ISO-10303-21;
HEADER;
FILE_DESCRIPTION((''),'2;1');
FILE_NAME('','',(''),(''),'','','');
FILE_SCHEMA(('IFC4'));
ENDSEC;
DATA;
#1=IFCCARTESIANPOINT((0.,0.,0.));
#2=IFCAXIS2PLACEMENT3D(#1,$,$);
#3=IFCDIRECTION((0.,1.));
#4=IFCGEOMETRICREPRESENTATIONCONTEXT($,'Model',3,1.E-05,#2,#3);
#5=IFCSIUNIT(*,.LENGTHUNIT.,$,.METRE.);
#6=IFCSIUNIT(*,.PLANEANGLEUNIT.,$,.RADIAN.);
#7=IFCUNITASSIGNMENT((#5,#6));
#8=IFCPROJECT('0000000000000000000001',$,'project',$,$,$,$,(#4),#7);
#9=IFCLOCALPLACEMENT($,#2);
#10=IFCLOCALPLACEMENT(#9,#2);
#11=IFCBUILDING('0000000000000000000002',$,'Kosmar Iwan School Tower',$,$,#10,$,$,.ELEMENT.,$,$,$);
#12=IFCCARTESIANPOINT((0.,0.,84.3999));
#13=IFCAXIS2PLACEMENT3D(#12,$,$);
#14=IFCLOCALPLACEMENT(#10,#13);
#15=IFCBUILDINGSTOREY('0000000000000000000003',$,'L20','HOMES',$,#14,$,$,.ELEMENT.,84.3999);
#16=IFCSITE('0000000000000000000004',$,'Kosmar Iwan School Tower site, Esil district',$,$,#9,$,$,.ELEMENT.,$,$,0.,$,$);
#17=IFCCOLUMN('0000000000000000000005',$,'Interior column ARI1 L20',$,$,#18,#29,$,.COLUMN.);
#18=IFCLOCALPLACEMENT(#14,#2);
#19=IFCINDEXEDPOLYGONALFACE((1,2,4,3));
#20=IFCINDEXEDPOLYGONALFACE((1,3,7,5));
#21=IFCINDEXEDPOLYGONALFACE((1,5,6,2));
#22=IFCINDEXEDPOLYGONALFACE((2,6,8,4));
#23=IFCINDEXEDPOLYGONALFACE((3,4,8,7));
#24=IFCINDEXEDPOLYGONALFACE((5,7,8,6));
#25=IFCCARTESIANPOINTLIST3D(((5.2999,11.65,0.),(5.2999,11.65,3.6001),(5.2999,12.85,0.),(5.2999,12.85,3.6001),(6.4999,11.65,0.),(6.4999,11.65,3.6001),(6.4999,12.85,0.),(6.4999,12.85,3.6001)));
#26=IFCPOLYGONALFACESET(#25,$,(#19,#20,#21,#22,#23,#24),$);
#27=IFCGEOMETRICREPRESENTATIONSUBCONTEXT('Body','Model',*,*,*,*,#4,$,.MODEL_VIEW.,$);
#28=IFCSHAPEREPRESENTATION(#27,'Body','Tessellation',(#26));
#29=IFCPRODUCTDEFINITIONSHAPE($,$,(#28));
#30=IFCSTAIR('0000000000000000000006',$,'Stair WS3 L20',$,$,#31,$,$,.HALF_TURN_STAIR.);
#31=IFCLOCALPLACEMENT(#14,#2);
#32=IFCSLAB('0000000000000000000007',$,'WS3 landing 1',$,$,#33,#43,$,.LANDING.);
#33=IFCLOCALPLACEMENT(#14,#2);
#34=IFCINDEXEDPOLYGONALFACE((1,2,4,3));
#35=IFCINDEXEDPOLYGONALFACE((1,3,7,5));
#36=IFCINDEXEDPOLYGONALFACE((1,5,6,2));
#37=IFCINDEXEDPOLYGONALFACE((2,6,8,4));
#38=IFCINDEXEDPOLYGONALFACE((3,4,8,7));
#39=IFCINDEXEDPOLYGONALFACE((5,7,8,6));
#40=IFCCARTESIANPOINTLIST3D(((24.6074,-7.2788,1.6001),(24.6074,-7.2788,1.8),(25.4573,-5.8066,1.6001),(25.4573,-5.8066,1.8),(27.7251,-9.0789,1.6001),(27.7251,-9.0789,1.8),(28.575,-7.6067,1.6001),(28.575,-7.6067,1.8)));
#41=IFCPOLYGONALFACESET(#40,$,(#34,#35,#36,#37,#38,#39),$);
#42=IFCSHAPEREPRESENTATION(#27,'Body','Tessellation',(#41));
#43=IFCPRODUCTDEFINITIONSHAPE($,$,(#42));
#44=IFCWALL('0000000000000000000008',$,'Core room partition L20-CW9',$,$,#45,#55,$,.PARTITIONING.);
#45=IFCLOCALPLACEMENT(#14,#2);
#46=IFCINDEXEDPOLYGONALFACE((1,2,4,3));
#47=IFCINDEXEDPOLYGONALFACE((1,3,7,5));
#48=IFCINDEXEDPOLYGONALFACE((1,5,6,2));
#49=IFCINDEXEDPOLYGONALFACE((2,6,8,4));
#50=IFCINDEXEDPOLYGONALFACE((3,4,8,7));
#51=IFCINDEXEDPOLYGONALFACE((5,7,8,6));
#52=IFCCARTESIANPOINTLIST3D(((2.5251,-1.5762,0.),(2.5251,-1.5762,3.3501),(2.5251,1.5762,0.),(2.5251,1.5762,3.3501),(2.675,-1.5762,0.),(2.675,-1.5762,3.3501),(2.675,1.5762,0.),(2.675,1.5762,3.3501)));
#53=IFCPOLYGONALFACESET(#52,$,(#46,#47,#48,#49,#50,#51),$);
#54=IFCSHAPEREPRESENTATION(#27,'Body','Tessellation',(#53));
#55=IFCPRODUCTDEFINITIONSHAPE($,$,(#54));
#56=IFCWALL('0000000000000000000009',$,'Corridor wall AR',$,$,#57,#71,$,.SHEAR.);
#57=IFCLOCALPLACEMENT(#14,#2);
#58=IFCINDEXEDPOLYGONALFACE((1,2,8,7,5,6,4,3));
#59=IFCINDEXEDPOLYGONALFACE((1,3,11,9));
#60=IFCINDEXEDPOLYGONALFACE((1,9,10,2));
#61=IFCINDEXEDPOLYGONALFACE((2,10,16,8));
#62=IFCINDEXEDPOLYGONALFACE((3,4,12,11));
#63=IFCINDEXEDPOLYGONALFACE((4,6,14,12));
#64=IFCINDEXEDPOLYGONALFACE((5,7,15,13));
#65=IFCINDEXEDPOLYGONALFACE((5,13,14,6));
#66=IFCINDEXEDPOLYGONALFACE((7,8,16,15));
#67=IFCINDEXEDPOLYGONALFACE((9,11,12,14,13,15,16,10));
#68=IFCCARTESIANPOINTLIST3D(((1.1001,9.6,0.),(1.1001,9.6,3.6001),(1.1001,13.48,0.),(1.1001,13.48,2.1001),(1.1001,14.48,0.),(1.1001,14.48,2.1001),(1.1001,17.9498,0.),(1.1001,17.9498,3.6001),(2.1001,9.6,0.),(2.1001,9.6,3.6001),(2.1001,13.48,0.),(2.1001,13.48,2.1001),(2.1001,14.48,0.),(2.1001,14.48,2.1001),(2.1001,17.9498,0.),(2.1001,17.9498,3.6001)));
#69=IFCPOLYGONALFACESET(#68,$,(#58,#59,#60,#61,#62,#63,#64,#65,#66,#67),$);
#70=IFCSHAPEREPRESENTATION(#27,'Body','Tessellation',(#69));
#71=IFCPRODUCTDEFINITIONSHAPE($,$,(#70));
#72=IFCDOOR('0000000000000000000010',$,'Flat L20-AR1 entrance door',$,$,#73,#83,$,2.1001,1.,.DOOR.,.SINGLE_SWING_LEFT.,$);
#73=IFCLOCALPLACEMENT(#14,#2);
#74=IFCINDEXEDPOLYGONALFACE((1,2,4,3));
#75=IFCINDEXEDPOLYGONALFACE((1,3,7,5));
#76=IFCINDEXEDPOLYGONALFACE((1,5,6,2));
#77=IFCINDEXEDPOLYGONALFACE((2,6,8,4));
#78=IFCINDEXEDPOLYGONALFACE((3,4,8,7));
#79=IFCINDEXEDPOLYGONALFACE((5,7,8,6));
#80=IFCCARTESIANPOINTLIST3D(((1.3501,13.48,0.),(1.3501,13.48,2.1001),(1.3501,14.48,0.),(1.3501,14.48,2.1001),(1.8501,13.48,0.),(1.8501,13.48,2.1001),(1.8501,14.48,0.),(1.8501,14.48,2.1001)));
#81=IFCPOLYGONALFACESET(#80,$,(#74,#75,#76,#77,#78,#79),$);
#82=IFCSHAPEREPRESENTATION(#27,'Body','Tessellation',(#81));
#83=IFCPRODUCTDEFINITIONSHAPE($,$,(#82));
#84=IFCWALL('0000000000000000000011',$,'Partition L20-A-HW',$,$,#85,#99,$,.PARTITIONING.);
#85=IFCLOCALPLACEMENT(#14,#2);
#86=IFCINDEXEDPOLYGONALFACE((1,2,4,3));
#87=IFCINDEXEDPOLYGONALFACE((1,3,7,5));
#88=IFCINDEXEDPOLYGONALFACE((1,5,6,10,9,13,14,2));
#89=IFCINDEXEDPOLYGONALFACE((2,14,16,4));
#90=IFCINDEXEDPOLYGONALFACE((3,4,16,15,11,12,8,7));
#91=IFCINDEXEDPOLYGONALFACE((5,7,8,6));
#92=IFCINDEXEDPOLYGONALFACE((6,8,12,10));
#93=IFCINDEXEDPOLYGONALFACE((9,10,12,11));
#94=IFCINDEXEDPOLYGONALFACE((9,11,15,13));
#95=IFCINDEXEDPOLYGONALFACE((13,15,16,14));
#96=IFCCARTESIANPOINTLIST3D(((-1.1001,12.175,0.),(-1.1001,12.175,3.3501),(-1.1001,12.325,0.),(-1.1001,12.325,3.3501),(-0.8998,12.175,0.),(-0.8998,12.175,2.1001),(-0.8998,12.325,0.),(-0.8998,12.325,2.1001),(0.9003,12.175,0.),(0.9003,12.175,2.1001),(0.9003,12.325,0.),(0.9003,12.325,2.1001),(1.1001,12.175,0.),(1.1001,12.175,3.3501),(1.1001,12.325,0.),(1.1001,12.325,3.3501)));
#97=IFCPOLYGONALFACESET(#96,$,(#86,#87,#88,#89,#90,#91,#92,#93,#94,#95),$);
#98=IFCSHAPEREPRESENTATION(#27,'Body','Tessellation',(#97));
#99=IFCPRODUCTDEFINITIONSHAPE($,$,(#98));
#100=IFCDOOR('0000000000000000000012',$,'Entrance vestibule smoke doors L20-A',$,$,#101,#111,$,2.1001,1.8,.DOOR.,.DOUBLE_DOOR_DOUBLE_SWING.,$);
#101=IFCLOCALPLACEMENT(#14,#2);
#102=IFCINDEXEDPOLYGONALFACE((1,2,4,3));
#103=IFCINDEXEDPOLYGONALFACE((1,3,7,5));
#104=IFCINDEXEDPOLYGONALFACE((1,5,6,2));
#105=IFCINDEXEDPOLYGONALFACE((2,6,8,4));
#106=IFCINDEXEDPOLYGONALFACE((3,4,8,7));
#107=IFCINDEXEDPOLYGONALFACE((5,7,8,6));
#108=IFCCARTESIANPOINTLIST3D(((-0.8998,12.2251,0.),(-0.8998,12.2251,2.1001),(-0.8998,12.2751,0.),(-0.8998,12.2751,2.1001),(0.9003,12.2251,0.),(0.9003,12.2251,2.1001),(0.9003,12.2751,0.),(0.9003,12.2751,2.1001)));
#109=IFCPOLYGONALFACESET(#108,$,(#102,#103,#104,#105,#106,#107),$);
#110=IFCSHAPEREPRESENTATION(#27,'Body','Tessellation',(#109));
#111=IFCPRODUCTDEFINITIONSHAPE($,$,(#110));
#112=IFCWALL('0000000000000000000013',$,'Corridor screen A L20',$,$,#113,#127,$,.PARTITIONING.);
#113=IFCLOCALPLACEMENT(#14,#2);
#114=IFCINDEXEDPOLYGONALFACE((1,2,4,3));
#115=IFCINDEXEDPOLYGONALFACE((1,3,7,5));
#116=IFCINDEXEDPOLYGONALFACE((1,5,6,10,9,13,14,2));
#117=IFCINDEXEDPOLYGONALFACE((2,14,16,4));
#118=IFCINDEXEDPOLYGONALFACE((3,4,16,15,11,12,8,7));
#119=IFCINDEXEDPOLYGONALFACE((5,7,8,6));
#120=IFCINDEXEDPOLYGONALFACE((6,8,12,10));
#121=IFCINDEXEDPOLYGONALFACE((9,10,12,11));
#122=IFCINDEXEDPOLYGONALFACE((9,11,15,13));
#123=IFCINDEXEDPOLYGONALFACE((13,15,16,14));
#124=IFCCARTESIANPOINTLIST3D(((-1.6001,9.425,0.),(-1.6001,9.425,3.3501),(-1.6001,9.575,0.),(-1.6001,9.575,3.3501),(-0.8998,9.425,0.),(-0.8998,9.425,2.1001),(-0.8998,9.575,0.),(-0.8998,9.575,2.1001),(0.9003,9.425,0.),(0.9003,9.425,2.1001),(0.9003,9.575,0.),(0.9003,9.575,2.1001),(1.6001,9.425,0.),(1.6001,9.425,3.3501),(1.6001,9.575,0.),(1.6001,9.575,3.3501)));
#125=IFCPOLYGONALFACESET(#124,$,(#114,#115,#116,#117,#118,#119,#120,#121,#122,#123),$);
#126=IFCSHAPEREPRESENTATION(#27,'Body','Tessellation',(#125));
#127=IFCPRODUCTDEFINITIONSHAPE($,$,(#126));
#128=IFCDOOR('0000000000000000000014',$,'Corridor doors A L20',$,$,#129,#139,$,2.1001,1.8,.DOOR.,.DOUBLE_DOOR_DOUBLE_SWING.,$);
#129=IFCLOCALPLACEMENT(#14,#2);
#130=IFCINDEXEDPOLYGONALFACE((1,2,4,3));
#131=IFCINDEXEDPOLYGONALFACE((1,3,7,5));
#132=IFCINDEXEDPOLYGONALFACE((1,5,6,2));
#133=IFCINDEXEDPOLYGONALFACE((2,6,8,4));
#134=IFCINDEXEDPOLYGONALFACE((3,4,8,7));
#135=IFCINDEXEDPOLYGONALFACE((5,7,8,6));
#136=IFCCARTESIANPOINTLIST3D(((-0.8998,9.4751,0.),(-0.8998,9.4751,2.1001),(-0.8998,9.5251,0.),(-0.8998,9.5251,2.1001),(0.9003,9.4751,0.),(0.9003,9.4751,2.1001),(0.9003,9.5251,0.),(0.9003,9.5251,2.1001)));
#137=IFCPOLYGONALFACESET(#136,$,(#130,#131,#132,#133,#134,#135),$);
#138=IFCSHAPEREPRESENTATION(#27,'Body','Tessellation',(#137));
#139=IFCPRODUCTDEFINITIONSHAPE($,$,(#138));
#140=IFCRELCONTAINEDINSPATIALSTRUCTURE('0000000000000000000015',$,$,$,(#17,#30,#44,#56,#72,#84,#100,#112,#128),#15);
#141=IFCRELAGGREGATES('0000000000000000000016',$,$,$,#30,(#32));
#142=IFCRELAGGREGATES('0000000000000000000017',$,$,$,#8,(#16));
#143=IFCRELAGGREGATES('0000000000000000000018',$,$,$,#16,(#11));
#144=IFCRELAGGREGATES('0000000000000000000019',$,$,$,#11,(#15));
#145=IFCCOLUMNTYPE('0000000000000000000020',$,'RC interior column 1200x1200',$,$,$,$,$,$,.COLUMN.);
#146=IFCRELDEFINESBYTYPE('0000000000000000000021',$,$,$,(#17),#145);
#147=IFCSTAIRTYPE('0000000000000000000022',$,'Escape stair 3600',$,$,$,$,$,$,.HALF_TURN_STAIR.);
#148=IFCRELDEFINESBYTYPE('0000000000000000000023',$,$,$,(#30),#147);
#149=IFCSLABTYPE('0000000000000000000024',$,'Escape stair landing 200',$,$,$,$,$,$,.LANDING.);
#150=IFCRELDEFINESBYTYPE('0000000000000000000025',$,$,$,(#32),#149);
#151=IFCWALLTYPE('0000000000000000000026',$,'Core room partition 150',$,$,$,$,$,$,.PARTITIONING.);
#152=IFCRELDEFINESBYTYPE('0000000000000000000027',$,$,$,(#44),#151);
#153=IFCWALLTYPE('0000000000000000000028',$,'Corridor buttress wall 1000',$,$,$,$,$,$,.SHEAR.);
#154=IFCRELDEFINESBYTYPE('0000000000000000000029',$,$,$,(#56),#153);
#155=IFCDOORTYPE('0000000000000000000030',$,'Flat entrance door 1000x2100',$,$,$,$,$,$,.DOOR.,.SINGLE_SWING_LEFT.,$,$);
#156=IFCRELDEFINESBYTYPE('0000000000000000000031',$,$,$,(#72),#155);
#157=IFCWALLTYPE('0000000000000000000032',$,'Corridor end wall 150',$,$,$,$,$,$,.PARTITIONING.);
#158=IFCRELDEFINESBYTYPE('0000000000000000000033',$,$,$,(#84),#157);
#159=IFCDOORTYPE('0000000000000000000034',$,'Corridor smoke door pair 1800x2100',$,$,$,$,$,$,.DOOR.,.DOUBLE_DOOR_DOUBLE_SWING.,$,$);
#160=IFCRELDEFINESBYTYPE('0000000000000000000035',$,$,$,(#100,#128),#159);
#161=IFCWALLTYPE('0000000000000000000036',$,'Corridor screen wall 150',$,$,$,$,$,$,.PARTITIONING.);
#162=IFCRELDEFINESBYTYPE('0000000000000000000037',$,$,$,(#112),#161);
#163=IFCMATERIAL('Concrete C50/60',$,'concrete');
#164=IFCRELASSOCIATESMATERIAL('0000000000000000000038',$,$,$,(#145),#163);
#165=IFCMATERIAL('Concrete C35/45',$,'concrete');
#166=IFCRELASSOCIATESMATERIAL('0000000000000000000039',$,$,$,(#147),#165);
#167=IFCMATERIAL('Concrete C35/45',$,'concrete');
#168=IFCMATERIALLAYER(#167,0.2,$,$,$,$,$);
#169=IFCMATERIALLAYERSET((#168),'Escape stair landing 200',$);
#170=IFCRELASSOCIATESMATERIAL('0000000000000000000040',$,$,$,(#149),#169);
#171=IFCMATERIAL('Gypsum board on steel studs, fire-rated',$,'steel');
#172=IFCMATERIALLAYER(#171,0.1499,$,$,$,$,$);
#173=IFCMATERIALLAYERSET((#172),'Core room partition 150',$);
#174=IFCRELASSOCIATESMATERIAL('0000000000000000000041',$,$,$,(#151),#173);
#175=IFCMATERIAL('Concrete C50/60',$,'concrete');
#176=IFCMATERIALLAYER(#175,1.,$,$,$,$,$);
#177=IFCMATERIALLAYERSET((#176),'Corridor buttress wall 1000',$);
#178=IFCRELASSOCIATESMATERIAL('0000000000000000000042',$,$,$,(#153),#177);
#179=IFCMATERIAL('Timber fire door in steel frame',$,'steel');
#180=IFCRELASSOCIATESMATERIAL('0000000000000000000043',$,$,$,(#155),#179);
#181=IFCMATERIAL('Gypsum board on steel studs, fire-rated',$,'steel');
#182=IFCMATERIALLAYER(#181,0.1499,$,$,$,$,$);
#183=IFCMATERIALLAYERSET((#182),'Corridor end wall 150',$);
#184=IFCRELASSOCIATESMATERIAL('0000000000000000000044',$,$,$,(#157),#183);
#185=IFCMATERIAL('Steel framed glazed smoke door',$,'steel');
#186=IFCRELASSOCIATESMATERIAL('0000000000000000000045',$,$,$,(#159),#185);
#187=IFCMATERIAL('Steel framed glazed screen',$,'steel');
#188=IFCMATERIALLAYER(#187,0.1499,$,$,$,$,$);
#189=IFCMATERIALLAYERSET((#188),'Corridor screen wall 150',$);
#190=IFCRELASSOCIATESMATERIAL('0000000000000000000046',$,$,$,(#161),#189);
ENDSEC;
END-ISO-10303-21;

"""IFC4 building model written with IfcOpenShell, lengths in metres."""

from ifc_helpers import new_model, si_unit, direction, frame, frame_2d, origin, origin_2d, place, context, subcontext, project, spatial, polyline, rectangle, outline, extrude, material, layer, layer_set, material_profile, profile_set, type_object, element, fill, aggregate, save


model = new_model("IFC4")

# Units and contexts
model_context = context("Model", 3, precision=1e-05, world=origin(), true_north=direction((0.0, 1.0)))
body_context = subcontext(model_context, "Body", "Model", "MODEL_VIEW")
ifc_project = project(units=[si_unit("LENGTHUNIT", "METRE"), si_unit("PLANEANGLEUNIT", "RADIAN")], contexts=[model_context])

# Site, building, storey
site_placement = place(None, origin())
site = spatial("IfcSite", under=ifc_project, at=site_placement, Name="Kosmar Iwan School Tower site, Esil district", CompositionType="ELEMENT", RefElevation=0.0)
building_placement = place(site_placement, origin())
building = spatial("IfcBuilding", under=site, at=building_placement, Name="Kosmar Iwan School Tower", CompositionType="ELEMENT")
storey_placement = place(building_placement, frame((0.0, 0.0, 84.3999)))
storey = spatial("IfcBuildingStorey", under=building, at=storey_placement, Name="L20", Description="HOMES", CompositionType="ELEMENT", Elevation=84.3999)

# Column
ifc_material_1 = material(Name="Concrete C50/60", Category="concrete")
ifc_material_profile = material_profile(ifc_material_1, rectangle(XDim=1.2, YDim=1.2, at=origin_2d()), Name="RC 1200x1200")
ifc_profile_set = profile_set([ifc_material_profile], Name="Concrete C50/60")
column_type = type_object("IfcColumnType", Name="RC interior column 1200x1200", PredefinedType="COLUMN", material=ifc_profile_set)
column_placement = place(storey_placement, frame((5.8999, 12.25, 0.0), z_axis=(0.0, 0.0, 1.0), x_axis=(0.0, 1.0, 0.0)))
element("IfcColumn", 1, at=column_placement, inside=storey, type_object=column_type, Name="Interior column ARI1 L20", PredefinedType="COLUMN", context=body_context, shape_type="SweptSolid", body=[
    extrude(rectangle(XDim=1.2, YDim=1.2, at=origin_2d()), origin(), (0.0, 0.0, 1.0), 3.6001),
])

# Stair, slab
ifc_material_2 = material(Name="Concrete C35/45", Category="concrete")
stair_type = type_object("IfcStairType", Name="Escape stair 3600", PredefinedType="HALF_TURN_STAIR", material=ifc_material_2)
stair_placement = place(storey_placement, origin())
stair = element("IfcStair", 2, at=stair_placement, inside=storey, type_object=stair_type, Name="Stair WS3 L20", PredefinedType="HALF_TURN_STAIR")
ifc_material_3 = material(Name="Concrete C35/45", Category="concrete")
ifc_layer_1 = layer(ifc_material_3, 0.2)
ifc_layer_set_1 = layer_set([ifc_layer_1], Name="Escape stair landing 200")
slab_type = type_object("IfcSlabType", Name="Escape stair landing 200", PredefinedType="LANDING", material=ifc_layer_set_1)
slab_placement = place(storey_placement, frame((0.0, 0.0, 1.6001)))
slab = element("IfcSlab", 3, at=slab_placement, type_object=slab_type, Name="WS3 landing 1", PredefinedType="LANDING", context=body_context, shape_type="SweptSolid", body=[
    extrude(outline(polyline([(24.6074, -7.2788), (27.7251, -9.0789), (28.575, -7.6067), (25.4573, -5.8066), (24.6074, -7.2788)])), origin(), (0.0, 0.0, 1.0), 0.2),
])
aggregate(stair, [slab])

# Wall
ifc_material_4 = material(Name="Gypsum board on steel studs, fire-rated", Category="steel")
ifc_layer_2 = layer(ifc_material_4, 0.1499)
ifc_layer_set_2 = layer_set([ifc_layer_2], Name="Core room partition 150")
wall_type_1 = type_object("IfcWallType", Name="Core room partition 150", PredefinedType="PARTITIONING", material=ifc_layer_set_2)
wall_1_placement = place(storey_placement, frame((2.6001, 1.5762, 0.0), z_axis=(0.0, 0.0, 1.0), x_axis=(0.0, -1.0, 0.0)))
element("IfcWall", 4, at=wall_1_placement, inside=storey, type_object=wall_type_1, Name="Core room partition L20-CW9", PredefinedType="PARTITIONING", context=body_context, shape_type="SweptSolid", body=[
    extrude(rectangle(XDim=3.1523, YDim=0.1499, at=frame_2d((1.5762, 0.0))), origin(), (0.0, 0.0, 1.0), 3.3501),
])

# Walls, openings, doors
ifc_material_5 = material(Name="Concrete C50/60", Category="concrete")
ifc_layer_3 = layer(ifc_material_5, 1.0)
ifc_layer_set_3 = layer_set([ifc_layer_3], Name="Corridor buttress wall 1000")
wall_type_2 = type_object("IfcWallType", Name="Corridor buttress wall 1000", PredefinedType="SHEAR", material=ifc_layer_set_3)
wall_2_placement = place(storey_placement, frame((1.6001, 9.6001, 0.0), z_axis=(0.0, 0.0, 1.0), x_axis=(0.0, 1.0, 0.0)))
wall_2 = element("IfcWall", 5, at=wall_2_placement, inside=storey, type_object=wall_type_2, Name="Corridor wall AR", PredefinedType="SHEAR", context=body_context, shape_type="SweptSolid", body=[
    extrude(rectangle(XDim=8.3499, YDim=1.0, at=frame_2d((4.1748, 0.0))), origin(), (0.0, 0.0, 1.0), 3.6001),
])
opening_1_placement = place(wall_2_placement, frame((3.8799, 0.0, 0.0)))
opening_1 = element("IfcOpeningElement", 6, at=opening_1_placement, cuts=wall_2, PredefinedType="OPENING", context=body_context, shape_type="SweptSolid", body=[
    extrude(rectangle(XDim=1.0, YDim=2.1001, at=frame_2d((0.5, 1.05))), frame((0.0, 0.512, 0.0), z_axis=(0.0, -1.0, 0.0), x_axis=(1.0, 0.0, 0.0)), (0.0, 0.0, 1.0), 1.0239),
])
ifc_material_6 = material(Name="Timber fire door in steel frame", Category="steel")
door_type_1 = type_object("IfcDoorType", Name="Flat entrance door 1000x2100", OperationType="SINGLE_SWING_LEFT", PredefinedType="DOOR", material=ifc_material_6)
door_1_placement = place(opening_1_placement, origin())
door_1 = element("IfcDoor", 7, at=door_1_placement, inside=storey, type_object=door_type_1, Name="Flat L20-AR1 entrance door", OperationType="SINGLE_SWING_LEFT", OverallHeight=2.1001, OverallWidth=1.0, PredefinedType="DOOR", context=body_context, shape_type="SweptSolid", body=[
    extrude(rectangle(XDim=1.0, YDim=2.1001, at=frame_2d((0.5, 1.05))), frame((0.0, 0.25, 0.0), z_axis=(0.0, -1.0, 0.0), x_axis=(1.0, 0.0, 0.0)), (0.0, 0.0, 1.0), 0.5),
])
fill(opening_1, door_1)
ifc_material_7 = material(Name="Gypsum board on steel studs, fire-rated", Category="steel")
ifc_layer_4 = layer(ifc_material_7, 0.1499)
ifc_layer_set_4 = layer_set([ifc_layer_4], Name="Corridor end wall 150")
wall_type_3 = type_object("IfcWallType", Name="Corridor end wall 150", PredefinedType="PARTITIONING", material=ifc_layer_set_4)
wall_3_placement = place(storey_placement, frame((1.1001, 12.25, 0.0), z_axis=(0.0, 0.0, 1.0), x_axis=(-1.0, 0.0, 0.0)))
wall_3 = element("IfcWall", 8, at=wall_3_placement, inside=storey, type_object=wall_type_3, Name="Partition L20-A-HW", PredefinedType="PARTITIONING", context=body_context, shape_type="SweptSolid", body=[
    extrude(rectangle(XDim=2.2002, YDim=0.1499, at=frame_2d((1.1001, 0.0))), origin(), (0.0, 0.0, 1.0), 3.3501),
])
opening_2_placement = place(wall_3_placement, frame((0.2, 0.0, 0.0)))
opening_2 = element("IfcOpeningElement", 9, at=opening_2_placement, cuts=wall_3, PredefinedType="OPENING", context=body_context, shape_type="SweptSolid", body=[
    extrude(rectangle(XDim=1.8, YDim=2.1001, at=frame_2d((0.8999, 1.05))), frame((0.0, 0.0869, 0.0), z_axis=(0.0, -1.0, 0.0), x_axis=(1.0, 0.0, 0.0)), (0.0, 0.0, 1.0), 0.1738),
])
ifc_material_8 = material(Name="Steel framed glazed smoke door", Category="steel")
door_type_2 = type_object("IfcDoorType", Name="Corridor smoke door pair 1800x2100", OperationType="DOUBLE_DOOR_DOUBLE_SWING", PredefinedType="DOOR", material=ifc_material_8)
door_2_placement = place(opening_2_placement, origin())
door_2 = element("IfcDoor", 10, at=door_2_placement, inside=storey, type_object=door_type_2, Name="Entrance vestibule smoke doors L20-A", OperationType="DOUBLE_DOOR_DOUBLE_SWING", OverallHeight=2.1001, OverallWidth=1.8, PredefinedType="DOOR", context=body_context, shape_type="SweptSolid", body=[
    extrude(rectangle(XDim=1.8, YDim=2.1001, at=frame_2d((0.8999, 1.05))), frame((0.0, 0.0249, 0.0), z_axis=(0.0, -1.0, 0.0), x_axis=(1.0, 0.0, 0.0)), (0.0, 0.0, 1.0), 0.05),
])
fill(opening_2, door_2)
ifc_material_9 = material(Name="Steel framed glazed screen", Category="steel")
ifc_layer_5 = layer(ifc_material_9, 0.1499)
ifc_layer_set_5 = layer_set([ifc_layer_5], Name="Corridor screen wall 150")
wall_type_4 = type_object("IfcWallType", Name="Corridor screen wall 150", PredefinedType="PARTITIONING", material=ifc_layer_set_5)
wall_4_placement = place(storey_placement, frame((1.6001, 9.5, 0.0), z_axis=(0.0, 0.0, 1.0), x_axis=(-1.0, 0.0, 0.0)))
wall_4 = element("IfcWall", 11, at=wall_4_placement, inside=storey, type_object=wall_type_4, Name="Corridor screen A L20", PredefinedType="PARTITIONING", context=body_context, shape_type="SweptSolid", body=[
    extrude(rectangle(XDim=3.2002, YDim=0.1499, at=frame_2d((1.6001, 0.0))), origin(), (0.0, 0.0, 1.0), 3.3501),
])
opening_3_placement = place(wall_4_placement, frame((0.7, 0.0, 0.0)))
opening_3 = element("IfcOpeningElement", 12, at=opening_3_placement, cuts=wall_4, PredefinedType="OPENING", context=body_context, shape_type="SweptSolid", body=[
    extrude(rectangle(XDim=1.8, YDim=2.1001, at=frame_2d((0.8999, 1.05))), frame((0.0, 0.0869, 0.0), z_axis=(0.0, -1.0, 0.0), x_axis=(1.0, 0.0, 0.0)), (0.0, 0.0, 1.0), 0.1738),
])
door_3_placement = place(opening_3_placement, origin())
door_3 = element("IfcDoor", 13, at=door_3_placement, inside=storey, type_object=door_type_2, Name="Corridor doors A L20", OperationType="DOUBLE_DOOR_DOUBLE_SWING", OverallHeight=2.1001, OverallWidth=1.8, PredefinedType="DOOR", context=body_context, shape_type="SweptSolid", body=[
    extrude(rectangle(XDim=1.8, YDim=2.1001, at=frame_2d((0.8999, 1.05))), frame((0.0, 0.0249, 0.0), z_axis=(0.0, -1.0, 0.0), x_axis=(1.0, 0.0, 0.0)), (0.0, 0.0, 1.0), 0.05),
])
fill(opening_3, door_3)

save(model, "model.ifc")
